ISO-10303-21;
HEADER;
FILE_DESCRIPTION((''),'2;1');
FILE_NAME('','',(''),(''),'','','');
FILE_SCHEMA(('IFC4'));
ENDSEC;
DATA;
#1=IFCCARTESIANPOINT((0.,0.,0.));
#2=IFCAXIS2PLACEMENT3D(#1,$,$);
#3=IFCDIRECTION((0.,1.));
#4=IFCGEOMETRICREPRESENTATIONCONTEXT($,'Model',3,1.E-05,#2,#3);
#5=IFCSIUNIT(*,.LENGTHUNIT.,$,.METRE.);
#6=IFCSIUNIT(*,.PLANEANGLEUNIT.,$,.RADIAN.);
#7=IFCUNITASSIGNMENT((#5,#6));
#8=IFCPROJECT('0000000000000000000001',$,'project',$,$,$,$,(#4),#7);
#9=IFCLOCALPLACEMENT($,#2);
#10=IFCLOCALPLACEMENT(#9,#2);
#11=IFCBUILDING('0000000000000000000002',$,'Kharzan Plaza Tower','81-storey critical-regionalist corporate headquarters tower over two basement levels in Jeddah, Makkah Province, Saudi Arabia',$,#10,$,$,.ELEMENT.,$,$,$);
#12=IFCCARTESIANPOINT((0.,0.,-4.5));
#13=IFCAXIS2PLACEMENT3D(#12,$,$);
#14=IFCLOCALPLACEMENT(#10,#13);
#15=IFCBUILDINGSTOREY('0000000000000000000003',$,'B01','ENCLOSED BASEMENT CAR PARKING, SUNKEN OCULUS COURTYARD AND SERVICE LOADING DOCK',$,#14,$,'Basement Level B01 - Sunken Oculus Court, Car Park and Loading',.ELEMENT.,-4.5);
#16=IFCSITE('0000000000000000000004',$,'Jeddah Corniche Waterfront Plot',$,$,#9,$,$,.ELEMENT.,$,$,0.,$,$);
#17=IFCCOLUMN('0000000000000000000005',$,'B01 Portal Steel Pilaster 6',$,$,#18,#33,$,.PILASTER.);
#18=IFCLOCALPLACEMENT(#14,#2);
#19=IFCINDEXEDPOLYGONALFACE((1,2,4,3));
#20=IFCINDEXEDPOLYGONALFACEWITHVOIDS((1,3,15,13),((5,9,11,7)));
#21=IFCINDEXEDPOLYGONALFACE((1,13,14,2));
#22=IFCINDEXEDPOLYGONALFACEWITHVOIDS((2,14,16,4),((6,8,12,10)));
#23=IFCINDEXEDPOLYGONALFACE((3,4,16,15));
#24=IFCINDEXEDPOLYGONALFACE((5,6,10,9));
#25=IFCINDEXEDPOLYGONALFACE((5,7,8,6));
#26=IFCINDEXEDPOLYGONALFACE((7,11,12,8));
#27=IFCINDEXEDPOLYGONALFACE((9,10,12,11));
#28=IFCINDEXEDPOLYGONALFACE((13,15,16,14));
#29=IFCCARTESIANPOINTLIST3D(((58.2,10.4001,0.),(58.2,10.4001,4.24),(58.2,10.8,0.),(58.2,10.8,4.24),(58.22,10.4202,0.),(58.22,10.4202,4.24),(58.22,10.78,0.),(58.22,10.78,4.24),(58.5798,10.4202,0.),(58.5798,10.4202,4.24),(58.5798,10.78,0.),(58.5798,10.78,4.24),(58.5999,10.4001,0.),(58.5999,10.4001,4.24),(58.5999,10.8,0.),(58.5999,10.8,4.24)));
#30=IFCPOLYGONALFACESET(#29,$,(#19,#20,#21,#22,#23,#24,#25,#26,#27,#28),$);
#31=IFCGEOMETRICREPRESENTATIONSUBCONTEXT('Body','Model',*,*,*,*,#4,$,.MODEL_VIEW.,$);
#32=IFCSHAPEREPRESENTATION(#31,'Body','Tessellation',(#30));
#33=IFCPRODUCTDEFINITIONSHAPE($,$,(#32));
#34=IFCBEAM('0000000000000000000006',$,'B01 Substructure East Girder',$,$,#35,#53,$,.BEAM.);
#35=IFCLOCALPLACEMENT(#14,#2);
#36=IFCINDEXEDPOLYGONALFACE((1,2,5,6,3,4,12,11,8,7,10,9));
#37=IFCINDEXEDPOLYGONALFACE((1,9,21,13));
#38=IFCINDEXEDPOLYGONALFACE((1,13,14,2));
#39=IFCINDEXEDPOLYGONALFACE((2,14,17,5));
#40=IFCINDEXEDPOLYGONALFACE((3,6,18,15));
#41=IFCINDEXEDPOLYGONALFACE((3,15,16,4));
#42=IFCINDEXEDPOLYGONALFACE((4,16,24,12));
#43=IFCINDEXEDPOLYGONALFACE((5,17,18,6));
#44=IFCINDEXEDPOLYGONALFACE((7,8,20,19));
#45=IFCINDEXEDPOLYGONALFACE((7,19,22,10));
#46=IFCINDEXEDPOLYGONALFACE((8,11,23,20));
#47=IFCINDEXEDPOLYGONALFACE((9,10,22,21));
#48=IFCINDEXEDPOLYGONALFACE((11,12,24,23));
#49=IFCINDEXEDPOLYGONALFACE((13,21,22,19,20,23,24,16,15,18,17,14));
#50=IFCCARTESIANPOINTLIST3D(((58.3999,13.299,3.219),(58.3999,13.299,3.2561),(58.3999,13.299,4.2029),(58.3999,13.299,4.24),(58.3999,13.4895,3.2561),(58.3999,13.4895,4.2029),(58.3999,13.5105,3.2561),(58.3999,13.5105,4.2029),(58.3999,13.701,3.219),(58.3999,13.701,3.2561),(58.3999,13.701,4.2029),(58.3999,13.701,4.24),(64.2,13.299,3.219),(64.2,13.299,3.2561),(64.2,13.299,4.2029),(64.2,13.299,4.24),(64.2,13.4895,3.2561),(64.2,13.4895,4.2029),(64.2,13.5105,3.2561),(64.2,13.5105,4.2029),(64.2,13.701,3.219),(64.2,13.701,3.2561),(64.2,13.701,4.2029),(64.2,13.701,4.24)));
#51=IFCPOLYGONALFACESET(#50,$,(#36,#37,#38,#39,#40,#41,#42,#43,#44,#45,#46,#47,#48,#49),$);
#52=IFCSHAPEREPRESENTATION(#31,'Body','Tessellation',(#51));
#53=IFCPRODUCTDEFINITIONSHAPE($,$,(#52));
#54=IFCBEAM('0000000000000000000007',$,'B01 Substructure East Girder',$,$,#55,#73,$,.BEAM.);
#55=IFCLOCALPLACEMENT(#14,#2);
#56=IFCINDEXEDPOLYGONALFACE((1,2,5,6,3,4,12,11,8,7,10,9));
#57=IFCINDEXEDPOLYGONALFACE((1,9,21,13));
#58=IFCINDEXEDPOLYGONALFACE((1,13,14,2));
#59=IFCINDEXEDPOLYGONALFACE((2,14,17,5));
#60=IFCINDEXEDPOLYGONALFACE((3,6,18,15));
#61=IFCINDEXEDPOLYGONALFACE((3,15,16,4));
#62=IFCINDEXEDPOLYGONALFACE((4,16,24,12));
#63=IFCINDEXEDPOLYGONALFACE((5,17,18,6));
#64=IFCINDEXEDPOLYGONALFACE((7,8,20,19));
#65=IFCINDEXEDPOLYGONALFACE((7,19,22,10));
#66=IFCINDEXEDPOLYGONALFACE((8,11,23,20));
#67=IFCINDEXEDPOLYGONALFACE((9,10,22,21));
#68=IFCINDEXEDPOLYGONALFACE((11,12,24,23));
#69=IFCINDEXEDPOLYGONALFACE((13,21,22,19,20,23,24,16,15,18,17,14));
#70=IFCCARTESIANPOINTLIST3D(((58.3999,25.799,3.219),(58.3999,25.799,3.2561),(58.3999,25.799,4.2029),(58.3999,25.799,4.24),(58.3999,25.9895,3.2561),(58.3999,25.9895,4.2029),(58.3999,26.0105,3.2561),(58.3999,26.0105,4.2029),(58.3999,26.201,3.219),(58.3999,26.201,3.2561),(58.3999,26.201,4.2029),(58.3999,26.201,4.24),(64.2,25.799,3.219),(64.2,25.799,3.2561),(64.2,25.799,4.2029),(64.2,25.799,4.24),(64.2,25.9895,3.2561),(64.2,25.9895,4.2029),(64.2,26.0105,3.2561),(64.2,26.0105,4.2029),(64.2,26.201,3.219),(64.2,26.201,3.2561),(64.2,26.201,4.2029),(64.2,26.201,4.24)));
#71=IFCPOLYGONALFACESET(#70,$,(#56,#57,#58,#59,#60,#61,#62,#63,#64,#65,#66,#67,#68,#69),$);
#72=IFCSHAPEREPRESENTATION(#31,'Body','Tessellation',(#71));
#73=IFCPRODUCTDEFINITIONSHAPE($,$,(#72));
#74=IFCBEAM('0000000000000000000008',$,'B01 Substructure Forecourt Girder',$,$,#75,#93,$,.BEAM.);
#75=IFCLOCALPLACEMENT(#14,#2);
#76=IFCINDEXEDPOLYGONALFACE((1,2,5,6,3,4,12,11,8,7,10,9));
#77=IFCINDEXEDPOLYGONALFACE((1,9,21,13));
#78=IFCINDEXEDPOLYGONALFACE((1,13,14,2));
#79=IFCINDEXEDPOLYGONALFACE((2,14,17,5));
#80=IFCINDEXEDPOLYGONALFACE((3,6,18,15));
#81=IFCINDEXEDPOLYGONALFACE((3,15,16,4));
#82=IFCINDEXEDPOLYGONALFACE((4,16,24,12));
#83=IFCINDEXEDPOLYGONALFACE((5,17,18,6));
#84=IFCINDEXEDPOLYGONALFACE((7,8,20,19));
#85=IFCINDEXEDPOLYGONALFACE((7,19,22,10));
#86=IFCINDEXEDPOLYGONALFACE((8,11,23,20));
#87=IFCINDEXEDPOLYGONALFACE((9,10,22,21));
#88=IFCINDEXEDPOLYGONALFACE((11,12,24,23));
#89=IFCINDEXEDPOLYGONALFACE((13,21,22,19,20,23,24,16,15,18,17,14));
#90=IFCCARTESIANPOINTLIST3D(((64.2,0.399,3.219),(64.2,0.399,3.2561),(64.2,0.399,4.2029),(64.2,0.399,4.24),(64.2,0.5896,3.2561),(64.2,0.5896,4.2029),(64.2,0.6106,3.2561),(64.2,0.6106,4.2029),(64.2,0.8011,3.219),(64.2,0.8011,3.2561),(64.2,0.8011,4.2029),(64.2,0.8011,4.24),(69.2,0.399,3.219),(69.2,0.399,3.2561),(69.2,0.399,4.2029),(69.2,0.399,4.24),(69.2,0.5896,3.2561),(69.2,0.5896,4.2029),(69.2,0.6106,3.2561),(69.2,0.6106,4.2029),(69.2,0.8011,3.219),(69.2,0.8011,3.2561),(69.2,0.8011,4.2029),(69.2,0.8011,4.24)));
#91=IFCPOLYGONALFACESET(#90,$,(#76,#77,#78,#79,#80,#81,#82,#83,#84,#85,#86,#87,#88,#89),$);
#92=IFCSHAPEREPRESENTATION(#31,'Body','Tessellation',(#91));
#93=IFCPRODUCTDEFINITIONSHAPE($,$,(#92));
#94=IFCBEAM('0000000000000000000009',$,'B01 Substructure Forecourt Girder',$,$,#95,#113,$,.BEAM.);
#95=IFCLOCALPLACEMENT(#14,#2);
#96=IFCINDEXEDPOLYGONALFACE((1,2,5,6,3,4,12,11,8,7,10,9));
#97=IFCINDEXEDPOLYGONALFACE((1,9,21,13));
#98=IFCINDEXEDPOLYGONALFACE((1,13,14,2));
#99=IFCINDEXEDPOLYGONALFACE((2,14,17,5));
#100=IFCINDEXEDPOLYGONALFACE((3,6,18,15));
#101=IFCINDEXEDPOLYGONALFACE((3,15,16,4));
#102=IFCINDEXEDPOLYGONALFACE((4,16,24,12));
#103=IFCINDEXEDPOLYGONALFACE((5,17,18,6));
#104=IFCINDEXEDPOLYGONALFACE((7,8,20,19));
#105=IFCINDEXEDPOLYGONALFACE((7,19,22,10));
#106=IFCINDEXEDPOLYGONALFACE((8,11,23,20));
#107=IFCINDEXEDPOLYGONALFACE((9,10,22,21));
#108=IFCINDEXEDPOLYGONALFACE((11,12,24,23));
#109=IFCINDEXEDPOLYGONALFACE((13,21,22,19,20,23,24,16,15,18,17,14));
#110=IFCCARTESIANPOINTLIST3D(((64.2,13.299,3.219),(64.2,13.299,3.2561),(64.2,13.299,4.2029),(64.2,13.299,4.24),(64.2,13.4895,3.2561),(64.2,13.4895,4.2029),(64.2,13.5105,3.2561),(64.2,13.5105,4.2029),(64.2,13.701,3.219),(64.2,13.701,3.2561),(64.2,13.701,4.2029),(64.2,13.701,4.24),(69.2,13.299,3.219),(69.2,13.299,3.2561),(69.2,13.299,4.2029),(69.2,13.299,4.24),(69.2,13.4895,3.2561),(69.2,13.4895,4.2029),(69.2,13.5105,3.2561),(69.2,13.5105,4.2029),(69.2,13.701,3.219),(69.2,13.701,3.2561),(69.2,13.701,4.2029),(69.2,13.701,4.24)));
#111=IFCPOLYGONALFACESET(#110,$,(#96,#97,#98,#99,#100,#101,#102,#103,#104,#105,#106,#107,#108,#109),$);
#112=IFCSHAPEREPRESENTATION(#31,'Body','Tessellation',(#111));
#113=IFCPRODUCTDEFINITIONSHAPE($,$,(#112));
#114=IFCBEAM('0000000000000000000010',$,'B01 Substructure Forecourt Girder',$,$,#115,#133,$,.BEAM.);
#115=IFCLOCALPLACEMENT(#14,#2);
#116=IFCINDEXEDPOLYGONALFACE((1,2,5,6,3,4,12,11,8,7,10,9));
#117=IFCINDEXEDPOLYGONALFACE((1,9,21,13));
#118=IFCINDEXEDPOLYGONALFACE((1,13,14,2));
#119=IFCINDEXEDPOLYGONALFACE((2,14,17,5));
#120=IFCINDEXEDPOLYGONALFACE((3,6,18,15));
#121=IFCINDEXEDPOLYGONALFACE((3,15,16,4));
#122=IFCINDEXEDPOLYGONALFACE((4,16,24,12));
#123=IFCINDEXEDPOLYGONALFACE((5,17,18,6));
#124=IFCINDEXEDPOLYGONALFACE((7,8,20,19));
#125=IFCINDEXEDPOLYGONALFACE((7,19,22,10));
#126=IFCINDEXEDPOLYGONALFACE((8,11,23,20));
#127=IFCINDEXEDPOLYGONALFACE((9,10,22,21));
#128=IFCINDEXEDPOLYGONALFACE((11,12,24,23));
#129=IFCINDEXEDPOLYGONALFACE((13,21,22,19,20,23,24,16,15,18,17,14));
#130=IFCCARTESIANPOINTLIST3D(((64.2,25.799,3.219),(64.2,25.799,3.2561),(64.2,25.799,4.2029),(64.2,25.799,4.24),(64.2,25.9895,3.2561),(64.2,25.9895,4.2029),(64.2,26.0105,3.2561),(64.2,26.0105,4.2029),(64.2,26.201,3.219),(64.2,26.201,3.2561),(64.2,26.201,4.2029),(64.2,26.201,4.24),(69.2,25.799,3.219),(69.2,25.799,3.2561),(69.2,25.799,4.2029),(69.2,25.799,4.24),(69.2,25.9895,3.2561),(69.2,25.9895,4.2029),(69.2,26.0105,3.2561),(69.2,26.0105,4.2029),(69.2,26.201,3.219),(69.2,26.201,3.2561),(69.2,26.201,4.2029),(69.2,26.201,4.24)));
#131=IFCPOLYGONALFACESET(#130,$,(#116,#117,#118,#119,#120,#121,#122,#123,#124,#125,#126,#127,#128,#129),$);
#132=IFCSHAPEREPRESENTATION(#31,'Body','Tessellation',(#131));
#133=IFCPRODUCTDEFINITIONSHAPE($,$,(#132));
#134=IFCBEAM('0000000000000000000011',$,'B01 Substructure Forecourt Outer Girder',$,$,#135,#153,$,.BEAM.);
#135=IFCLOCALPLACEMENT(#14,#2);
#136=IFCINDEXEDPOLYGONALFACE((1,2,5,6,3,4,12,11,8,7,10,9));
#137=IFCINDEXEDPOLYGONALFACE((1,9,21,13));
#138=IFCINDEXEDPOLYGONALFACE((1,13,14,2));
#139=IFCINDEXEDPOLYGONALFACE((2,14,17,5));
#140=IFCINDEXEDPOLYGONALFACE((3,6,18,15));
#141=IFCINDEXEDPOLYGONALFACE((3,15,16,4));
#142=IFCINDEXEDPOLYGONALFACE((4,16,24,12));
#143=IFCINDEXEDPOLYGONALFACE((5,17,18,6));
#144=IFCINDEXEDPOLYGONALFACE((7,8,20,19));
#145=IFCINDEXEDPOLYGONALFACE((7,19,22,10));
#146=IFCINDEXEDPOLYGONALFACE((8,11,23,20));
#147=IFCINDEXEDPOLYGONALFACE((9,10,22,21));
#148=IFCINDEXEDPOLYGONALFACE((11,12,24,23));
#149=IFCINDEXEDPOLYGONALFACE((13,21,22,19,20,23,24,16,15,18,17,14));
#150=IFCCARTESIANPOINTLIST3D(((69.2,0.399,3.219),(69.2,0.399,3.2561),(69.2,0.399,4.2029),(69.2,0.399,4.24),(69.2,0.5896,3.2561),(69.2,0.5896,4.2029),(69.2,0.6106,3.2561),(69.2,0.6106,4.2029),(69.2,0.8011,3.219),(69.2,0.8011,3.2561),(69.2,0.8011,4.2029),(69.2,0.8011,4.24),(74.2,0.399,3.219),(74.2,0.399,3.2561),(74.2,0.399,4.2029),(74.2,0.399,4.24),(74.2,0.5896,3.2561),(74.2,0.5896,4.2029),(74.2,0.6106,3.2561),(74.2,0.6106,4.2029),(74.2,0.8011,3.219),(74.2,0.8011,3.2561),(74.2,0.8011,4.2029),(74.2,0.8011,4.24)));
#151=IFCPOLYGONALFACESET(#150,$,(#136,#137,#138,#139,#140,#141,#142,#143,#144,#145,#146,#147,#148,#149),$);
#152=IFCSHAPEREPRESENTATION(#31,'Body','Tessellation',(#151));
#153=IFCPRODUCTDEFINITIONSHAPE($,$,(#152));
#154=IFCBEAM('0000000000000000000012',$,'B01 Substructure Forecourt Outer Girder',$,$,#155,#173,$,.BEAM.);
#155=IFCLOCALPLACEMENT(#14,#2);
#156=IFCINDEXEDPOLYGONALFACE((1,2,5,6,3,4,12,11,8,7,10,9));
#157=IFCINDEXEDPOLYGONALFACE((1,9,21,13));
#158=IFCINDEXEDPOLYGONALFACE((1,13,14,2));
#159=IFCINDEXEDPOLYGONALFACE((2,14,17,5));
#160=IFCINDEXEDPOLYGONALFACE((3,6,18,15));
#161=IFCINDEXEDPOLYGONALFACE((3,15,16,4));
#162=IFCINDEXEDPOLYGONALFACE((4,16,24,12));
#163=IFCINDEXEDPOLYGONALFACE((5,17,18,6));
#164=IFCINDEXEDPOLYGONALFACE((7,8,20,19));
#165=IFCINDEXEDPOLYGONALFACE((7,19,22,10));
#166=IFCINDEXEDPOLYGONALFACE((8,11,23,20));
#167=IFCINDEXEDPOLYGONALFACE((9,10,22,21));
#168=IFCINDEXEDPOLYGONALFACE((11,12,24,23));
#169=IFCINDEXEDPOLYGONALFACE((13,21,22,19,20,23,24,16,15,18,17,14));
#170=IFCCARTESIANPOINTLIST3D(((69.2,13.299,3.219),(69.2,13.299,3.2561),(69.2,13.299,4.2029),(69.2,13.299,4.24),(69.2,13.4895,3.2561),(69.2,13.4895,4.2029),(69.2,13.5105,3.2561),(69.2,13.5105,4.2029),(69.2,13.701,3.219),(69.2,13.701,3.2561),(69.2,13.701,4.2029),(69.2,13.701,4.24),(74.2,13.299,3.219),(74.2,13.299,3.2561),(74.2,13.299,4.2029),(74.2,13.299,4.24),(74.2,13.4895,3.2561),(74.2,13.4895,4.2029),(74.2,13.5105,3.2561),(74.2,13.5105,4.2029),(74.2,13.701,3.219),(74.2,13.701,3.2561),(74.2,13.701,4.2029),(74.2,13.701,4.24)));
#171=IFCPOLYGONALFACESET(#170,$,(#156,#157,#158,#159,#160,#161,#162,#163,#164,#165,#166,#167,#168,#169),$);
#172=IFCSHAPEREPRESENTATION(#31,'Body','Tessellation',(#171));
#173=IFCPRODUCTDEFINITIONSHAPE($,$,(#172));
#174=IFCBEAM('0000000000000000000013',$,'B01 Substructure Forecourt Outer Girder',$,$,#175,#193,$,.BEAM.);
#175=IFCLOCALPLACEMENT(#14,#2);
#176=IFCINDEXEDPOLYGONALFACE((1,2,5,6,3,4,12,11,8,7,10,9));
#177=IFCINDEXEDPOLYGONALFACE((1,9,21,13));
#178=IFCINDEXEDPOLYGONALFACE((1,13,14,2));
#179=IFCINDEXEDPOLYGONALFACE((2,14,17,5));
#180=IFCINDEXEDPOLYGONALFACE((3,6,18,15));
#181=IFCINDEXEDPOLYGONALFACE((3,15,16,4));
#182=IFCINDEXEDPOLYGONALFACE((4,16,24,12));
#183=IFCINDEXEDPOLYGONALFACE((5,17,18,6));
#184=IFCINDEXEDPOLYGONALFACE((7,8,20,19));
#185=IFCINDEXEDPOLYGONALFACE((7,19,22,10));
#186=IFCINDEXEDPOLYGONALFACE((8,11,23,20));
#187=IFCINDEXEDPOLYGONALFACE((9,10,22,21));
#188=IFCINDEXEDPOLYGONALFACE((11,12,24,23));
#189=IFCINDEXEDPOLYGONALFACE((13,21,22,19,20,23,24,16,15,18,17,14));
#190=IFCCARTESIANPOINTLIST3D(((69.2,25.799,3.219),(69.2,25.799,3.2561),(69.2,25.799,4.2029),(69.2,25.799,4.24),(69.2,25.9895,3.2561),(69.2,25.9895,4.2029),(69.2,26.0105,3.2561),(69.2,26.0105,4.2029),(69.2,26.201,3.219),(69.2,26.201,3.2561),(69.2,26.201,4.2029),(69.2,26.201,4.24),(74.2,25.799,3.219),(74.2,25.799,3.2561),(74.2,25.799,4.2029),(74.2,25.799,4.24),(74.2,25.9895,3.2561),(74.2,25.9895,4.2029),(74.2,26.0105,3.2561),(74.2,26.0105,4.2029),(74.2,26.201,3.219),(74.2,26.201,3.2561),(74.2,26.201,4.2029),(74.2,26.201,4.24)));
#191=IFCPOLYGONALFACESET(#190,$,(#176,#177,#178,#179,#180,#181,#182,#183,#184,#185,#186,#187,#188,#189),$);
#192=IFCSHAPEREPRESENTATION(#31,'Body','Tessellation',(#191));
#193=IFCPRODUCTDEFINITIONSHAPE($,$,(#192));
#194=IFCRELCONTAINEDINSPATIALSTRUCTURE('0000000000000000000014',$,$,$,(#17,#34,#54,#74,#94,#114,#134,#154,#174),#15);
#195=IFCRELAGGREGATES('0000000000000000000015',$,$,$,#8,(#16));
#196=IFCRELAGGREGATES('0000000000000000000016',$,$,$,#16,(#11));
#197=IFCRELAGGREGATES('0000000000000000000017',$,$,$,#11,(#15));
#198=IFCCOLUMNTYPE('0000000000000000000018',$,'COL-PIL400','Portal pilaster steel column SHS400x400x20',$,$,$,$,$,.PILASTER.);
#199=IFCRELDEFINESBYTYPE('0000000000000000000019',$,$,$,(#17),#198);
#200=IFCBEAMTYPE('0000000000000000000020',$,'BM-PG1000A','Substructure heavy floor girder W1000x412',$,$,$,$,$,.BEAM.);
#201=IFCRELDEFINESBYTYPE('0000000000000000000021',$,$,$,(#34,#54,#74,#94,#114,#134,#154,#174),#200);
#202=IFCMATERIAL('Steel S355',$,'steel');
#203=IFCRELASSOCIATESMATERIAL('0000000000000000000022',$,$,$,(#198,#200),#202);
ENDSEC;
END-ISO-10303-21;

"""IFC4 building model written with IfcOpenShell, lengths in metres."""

from ifc_helpers import new_model, si_unit, direction, frame, origin, origin_2d, place, context, subcontext, project, spatial, hollow_rectangle, i_section, extrude, source, transform, mapped, material, material_profile, profile_set, type_object, element, save


model = new_model("IFC4")

# Units and contexts
model_context = context("Model", 3, precision=1e-05, world=origin(), true_north=direction((0.0, 1.0)))
body_context = subcontext(model_context, "Body", "Model", "MODEL_VIEW")
ifc_project = project(units=[si_unit("LENGTHUNIT", "METRE"), si_unit("PLANEANGLEUNIT", "RADIAN")], contexts=[model_context])

# Site, building, storey
site_placement = place(None, origin())
site = spatial("IfcSite", under=ifc_project, at=site_placement, Name="Jeddah Corniche Waterfront Plot", CompositionType="ELEMENT", RefElevation=0.0)
building_placement = place(site_placement, origin())
building = spatial("IfcBuilding", under=site, at=building_placement, Name="Kharzan Plaza Tower", Description="81-storey critical-regionalist corporate headquarters tower over two basement levels in Jeddah, Makkah Province, Saudi Arabia", CompositionType="ELEMENT")
storey_placement = place(building_placement, frame((0.0, 0.0, -4.5)))
storey = spatial("IfcBuildingStorey", under=building, at=storey_placement, Name="B01", Description="ENCLOSED BASEMENT CAR PARKING, SUNKEN OCULUS COURTYARD AND SERVICE LOADING DOCK", LongName="Basement Level B01 - Sunken Oculus Court, Car Park and Loading", CompositionType="ELEMENT", Elevation=-4.5)

# Column
ifc_material_1 = material(Name="Steel S355", Category="steel")
ifc_material_profile_1 = material_profile(ifc_material_1, hollow_rectangle(XDim=0.3999, YDim=0.3999, WallThickness=0.02, at=origin_2d()), Name="SHS400x400x20")
ifc_profile_set_1 = profile_set([ifc_material_profile_1], Name="Steel S355")
column_type_1 = type_object("IfcColumnType", Name="COL-PIL400", Description="Portal pilaster steel column SHS400x400x20", PredefinedType="PILASTER", material=ifc_profile_set_1)
shared_shape_1 = source(origin(), body_context, "Body", "SweptSolid", [
    extrude(hollow_rectangle(XDim=0.3999, YDim=0.3999, WallThickness=0.02, at=origin_2d()), origin(), (0.0, 0.0, 1.0), 4.24),
])
for number, where, z_axis, x_axis, name in (
    (1, (58.3999, 10.6001, 0.0), (0.0, 0.0, 1.0), (1.0, 0.0, 0.0), "B01 Portal Steel Pilaster 6"),
):
    element("IfcColumn", number, at=place(storey_placement, frame(where, z_axis=z_axis, x_axis=x_axis)), inside=storey, type_object=column_type_1, Name=name, PredefinedType="PILASTER", context=body_context, shape_type="MappedRepresentation", body=[
        mapped(shared_shape_1, transform((0.0, 0.0, 0.0), x_axis=(1.0, 0.0, 0.0), y_axis=(0.0, 1.0, 0.0), z_axis=(0.0, 0.0, 1.0))),
    ])

# Beams
ifc_material_profile_2 = material_profile(ifc_material_1, i_section(OverallWidth=0.4021, OverallDepth=1.021, WebThickness=0.021, FlangeThickness=0.0371, at=origin_2d()), Name="W1000x412")
ifc_profile_set_2 = profile_set([ifc_material_profile_2], Name="Steel S355")
beam_type = type_object("IfcBeamType", Name="BM-PG1000A", Description="Substructure heavy floor girder W1000x412", PredefinedType="BEAM", material=ifc_profile_set_2)
shared_shape_2 = source(origin(), body_context, "Body", "SweptSolid", [
    extrude(i_section(OverallWidth=0.4021, OverallDepth=1.021, WebThickness=0.021, FlangeThickness=0.0371, at=origin_2d()), origin(), (0.0, 0.0, 1.0), 5.8),
])
for number, where, z_axis, x_axis, name in (
    (2, (58.3999, 13.5, 3.7295), (1.0, 0.0, 0.0), (0.0, 1.0, 0.0), "B01 Substructure East Girder"),
    (3, (58.3999, 26.0, 3.7295), (1.0, 0.0, 0.0), (0.0, 1.0, 0.0), "B01 Substructure East Girder"),
):
    element("IfcBeam", number, at=place(storey_placement, frame(where, z_axis=z_axis, x_axis=x_axis)), inside=storey, type_object=beam_type, Name=name, PredefinedType="BEAM", context=body_context, shape_type="MappedRepresentation", body=[
        mapped(shared_shape_2, transform((0.0, 0.0, 0.0), x_axis=(1.0, 0.0, 0.0), y_axis=(0.0, 1.0, 0.0), z_axis=(0.0, 0.0, 1.0))),
    ])
shared_shape_3 = source(origin(), body_context, "Body", "SweptSolid", [
    extrude(i_section(OverallWidth=0.4021, OverallDepth=1.021, WebThickness=0.021, FlangeThickness=0.0371, at=origin_2d()), origin(), (0.0, 0.0, 1.0), 5.0),
])
for number, where, z_axis, x_axis, name in (
    (4, (64.2, 0.6001, 3.7295), (1.0, 0.0, 0.0), (0.0, 1.0, 0.0), "B01 Substructure Forecourt Girder"),
    (5, (64.2, 13.5, 3.7295), (1.0, 0.0, 0.0), (0.0, 1.0, 0.0), "B01 Substructure Forecourt Girder"),
    (6, (64.2, 26.0, 3.7295), (1.0, 0.0, 0.0), (0.0, 1.0, 0.0), "B01 Substructure Forecourt Girder"),
    (7, (69.2, 0.6001, 3.7295), (1.0, 0.0, 0.0), (0.0, 1.0, 0.0), "B01 Substructure Forecourt Outer Girder"),
    (8, (69.2, 13.5, 3.7295), (1.0, 0.0, 0.0), (0.0, 1.0, 0.0), "B01 Substructure Forecourt Outer Girder"),
    (9, (69.2, 26.0, 3.7295), (1.0, 0.0, 0.0), (0.0, 1.0, 0.0), "B01 Substructure Forecourt Outer Girder"),
):
    element("IfcBeam", number, at=place(storey_placement, frame(where, z_axis=z_axis, x_axis=x_axis)), inside=storey, type_object=beam_type, Name=name, PredefinedType="BEAM", context=body_context, shape_type="MappedRepresentation", body=[
        mapped(shared_shape_3, transform((0.0, 0.0, 0.0), x_axis=(1.0, 0.0, 0.0), y_axis=(0.0, 1.0, 0.0), z_axis=(0.0, 0.0, 1.0))),
    ])

save(model, "model.ifc")
